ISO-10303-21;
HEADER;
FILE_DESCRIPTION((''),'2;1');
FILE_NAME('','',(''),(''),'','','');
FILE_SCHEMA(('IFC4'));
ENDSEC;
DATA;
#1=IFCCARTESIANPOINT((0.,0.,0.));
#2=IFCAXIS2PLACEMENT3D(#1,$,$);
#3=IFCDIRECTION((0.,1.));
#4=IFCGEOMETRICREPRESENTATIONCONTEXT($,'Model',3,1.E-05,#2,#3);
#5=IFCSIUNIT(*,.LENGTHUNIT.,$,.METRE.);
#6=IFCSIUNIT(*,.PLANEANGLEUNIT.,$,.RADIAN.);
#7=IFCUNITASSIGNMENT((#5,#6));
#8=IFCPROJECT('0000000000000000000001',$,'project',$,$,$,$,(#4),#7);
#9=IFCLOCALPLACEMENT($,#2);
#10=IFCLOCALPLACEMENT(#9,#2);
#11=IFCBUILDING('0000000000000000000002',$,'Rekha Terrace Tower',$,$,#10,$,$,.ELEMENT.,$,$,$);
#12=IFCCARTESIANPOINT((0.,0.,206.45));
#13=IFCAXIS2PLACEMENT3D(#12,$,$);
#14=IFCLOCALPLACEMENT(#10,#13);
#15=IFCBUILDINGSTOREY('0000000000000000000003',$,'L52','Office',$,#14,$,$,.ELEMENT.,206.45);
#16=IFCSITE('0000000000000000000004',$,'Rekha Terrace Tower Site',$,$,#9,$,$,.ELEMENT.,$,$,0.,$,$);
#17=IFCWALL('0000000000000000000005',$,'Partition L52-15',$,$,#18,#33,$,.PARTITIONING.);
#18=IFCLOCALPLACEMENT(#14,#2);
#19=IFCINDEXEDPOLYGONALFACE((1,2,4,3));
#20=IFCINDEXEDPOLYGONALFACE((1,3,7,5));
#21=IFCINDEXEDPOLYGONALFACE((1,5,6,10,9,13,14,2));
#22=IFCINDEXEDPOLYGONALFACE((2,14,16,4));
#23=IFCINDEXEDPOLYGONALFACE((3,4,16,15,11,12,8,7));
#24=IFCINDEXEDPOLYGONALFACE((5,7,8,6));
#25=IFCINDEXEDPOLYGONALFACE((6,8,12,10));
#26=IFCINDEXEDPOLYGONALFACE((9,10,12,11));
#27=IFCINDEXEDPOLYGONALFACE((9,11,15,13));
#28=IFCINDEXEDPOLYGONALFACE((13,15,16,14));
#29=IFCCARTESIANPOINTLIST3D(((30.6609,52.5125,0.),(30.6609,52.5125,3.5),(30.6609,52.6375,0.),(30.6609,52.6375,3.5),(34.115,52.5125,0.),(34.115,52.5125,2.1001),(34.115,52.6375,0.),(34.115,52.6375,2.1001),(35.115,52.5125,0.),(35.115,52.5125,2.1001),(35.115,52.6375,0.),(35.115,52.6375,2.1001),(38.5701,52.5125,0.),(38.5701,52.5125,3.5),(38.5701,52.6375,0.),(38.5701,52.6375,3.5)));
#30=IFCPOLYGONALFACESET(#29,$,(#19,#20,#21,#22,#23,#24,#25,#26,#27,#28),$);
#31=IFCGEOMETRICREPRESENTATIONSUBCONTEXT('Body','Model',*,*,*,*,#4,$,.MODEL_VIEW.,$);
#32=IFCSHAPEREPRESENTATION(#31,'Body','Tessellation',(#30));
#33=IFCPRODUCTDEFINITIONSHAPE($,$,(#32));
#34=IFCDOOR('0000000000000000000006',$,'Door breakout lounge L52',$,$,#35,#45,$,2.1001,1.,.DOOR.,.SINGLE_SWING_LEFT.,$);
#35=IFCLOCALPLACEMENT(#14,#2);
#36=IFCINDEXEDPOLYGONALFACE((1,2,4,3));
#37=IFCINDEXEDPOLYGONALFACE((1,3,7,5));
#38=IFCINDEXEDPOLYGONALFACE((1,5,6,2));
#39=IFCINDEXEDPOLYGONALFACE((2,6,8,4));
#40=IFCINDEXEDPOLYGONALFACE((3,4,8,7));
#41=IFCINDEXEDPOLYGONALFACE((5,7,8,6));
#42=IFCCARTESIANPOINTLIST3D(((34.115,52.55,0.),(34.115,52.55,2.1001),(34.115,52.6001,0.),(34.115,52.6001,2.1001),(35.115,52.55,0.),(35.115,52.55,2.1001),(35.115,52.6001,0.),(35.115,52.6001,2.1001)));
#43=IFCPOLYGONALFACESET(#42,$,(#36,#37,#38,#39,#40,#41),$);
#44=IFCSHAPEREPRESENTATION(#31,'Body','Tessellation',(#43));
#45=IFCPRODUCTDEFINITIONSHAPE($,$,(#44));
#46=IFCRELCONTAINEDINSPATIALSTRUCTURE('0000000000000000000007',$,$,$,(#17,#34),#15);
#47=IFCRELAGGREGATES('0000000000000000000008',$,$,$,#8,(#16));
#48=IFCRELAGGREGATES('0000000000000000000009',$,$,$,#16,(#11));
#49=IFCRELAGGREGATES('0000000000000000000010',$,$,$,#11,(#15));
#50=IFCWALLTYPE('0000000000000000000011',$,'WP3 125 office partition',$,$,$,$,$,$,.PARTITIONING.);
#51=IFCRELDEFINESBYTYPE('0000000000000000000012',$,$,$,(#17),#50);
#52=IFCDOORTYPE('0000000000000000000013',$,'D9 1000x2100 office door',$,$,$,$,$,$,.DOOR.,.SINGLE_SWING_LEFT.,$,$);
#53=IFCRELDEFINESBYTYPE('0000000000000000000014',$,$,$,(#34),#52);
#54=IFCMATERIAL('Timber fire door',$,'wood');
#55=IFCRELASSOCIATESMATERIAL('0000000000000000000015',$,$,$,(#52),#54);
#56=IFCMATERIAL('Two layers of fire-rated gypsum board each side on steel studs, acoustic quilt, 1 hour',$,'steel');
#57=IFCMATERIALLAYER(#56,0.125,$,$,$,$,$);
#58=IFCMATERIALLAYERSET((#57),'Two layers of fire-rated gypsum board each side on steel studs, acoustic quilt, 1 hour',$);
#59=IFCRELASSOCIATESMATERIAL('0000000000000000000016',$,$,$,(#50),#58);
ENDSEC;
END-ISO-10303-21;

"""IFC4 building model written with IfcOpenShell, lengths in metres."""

from ifc_helpers import new_model, si_unit, direction, frame, frame_2d, origin, place, context, subcontext, project, spatial, rectangle, extrude, material, layer, layer_set, type_object, element, fill, save


model = new_model("IFC4")

# Units and contexts
model_context = context("Model", 3, precision=1e-05, world=origin(), true_north=direction((0.0, 1.0)))
body_context = subcontext(model_context, "Body", "Model", "MODEL_VIEW")
ifc_project = project(units=[si_unit("LENGTHUNIT", "METRE"), si_unit("PLANEANGLEUNIT", "RADIAN")], contexts=[model_context])

# Site, building, storey
site_placement = place(None, origin())
site = spatial("IfcSite", under=ifc_project, at=site_placement, Name="Rekha Terrace Tower Site", CompositionType="ELEMENT", RefElevation=0.0)
building_placement = place(site_placement, origin())
building = spatial("IfcBuilding", under=site, at=building_placement, Name="Rekha Terrace Tower", CompositionType="ELEMENT")
storey_placement = place(building_placement, frame((0.0, 0.0, 206.45)))
storey = spatial("IfcBuildingStorey", under=building, at=storey_placement, Name="L52", Description="Office", CompositionType="ELEMENT", Elevation=206.45)

# Shared definitions
ifc_material_1 = material(Name="Timber fire door", Category="wood")
door_type_1 = type_object("IfcDoorType", Name="D9 1000x2100 office door", OperationType="SINGLE_SWING_LEFT", PredefinedType="DOOR", material=ifc_material_1)

# Shared definitions
ifc_material_2 = material(Name="Two layers of fire-rated gypsum board each side on steel studs, acoustic quilt, 1 hour", Category="steel")
ifc_layer_1 = layer(ifc_material_2, 0.125)
ifc_layer_set_1 = layer_set([ifc_layer_1], Name="Two layers of fire-rated gypsum board each side on steel studs, acoustic quilt, 1 hour")
wall_type_1 = type_object("IfcWallType", Name="WP3 125 office partition", PredefinedType="PARTITIONING", material=ifc_layer_set_1)

# Wall, opening, door
wall_1_placement = place(storey_placement, frame((38.5701, 52.575, 0.0), z_axis=(0.0, 0.0, 1.0), x_axis=(-1.0, 0.0, 0.0)))
wall_1 = element("IfcWall", 1, at=wall_1_placement, inside=storey, type_object=wall_type_1, Name="Partition L52-15", PredefinedType="PARTITIONING", context=body_context, shape_type="SweptSolid", body=[
    extrude(rectangle(XDim=7.9092, YDim=0.125, at=frame_2d((3.9546, 0.0))), origin(), (0.0, 0.0, 1.0), 3.5),
])
opening_1_placement = place(wall_1_placement, frame((3.4551, 0.0, 0.0)))
opening_1 = element("IfcOpeningElement", 2, at=opening_1_placement, cuts=wall_1, PredefinedType="OPENING", context=body_context, shape_type="SweptSolid", body=[
    extrude(rectangle(XDim=1.0, YDim=2.1001, at=frame_2d((0.5, 1.05))), frame((0.0, 0.0725, 0.0), z_axis=(0.0, -1.0, 0.0), x_axis=(1.0, 0.0, 0.0)), (0.0, 0.0, 1.0), 0.145),
])
door_1_placement = place(opening_1_placement, origin())
door_1 = element("IfcDoor", 3, at=door_1_placement, inside=storey, type_object=door_type_1, Name="Door breakout lounge L52", OperationType="SINGLE_SWING_LEFT", OverallHeight=2.1001, OverallWidth=1.0, PredefinedType="DOOR", context=body_context, shape_type="SweptSolid", body=[
    extrude(rectangle(XDim=1.0, YDim=2.1001, at=frame_2d((0.5, 1.05))), frame((0.0, 0.0249, 0.0), z_axis=(0.0, -1.0, 0.0), x_axis=(1.0, 0.0, 0.0)), (0.0, 0.0, 1.0), 0.05),
])
fill(opening_1, door_1)

save(model, "model.ifc")
